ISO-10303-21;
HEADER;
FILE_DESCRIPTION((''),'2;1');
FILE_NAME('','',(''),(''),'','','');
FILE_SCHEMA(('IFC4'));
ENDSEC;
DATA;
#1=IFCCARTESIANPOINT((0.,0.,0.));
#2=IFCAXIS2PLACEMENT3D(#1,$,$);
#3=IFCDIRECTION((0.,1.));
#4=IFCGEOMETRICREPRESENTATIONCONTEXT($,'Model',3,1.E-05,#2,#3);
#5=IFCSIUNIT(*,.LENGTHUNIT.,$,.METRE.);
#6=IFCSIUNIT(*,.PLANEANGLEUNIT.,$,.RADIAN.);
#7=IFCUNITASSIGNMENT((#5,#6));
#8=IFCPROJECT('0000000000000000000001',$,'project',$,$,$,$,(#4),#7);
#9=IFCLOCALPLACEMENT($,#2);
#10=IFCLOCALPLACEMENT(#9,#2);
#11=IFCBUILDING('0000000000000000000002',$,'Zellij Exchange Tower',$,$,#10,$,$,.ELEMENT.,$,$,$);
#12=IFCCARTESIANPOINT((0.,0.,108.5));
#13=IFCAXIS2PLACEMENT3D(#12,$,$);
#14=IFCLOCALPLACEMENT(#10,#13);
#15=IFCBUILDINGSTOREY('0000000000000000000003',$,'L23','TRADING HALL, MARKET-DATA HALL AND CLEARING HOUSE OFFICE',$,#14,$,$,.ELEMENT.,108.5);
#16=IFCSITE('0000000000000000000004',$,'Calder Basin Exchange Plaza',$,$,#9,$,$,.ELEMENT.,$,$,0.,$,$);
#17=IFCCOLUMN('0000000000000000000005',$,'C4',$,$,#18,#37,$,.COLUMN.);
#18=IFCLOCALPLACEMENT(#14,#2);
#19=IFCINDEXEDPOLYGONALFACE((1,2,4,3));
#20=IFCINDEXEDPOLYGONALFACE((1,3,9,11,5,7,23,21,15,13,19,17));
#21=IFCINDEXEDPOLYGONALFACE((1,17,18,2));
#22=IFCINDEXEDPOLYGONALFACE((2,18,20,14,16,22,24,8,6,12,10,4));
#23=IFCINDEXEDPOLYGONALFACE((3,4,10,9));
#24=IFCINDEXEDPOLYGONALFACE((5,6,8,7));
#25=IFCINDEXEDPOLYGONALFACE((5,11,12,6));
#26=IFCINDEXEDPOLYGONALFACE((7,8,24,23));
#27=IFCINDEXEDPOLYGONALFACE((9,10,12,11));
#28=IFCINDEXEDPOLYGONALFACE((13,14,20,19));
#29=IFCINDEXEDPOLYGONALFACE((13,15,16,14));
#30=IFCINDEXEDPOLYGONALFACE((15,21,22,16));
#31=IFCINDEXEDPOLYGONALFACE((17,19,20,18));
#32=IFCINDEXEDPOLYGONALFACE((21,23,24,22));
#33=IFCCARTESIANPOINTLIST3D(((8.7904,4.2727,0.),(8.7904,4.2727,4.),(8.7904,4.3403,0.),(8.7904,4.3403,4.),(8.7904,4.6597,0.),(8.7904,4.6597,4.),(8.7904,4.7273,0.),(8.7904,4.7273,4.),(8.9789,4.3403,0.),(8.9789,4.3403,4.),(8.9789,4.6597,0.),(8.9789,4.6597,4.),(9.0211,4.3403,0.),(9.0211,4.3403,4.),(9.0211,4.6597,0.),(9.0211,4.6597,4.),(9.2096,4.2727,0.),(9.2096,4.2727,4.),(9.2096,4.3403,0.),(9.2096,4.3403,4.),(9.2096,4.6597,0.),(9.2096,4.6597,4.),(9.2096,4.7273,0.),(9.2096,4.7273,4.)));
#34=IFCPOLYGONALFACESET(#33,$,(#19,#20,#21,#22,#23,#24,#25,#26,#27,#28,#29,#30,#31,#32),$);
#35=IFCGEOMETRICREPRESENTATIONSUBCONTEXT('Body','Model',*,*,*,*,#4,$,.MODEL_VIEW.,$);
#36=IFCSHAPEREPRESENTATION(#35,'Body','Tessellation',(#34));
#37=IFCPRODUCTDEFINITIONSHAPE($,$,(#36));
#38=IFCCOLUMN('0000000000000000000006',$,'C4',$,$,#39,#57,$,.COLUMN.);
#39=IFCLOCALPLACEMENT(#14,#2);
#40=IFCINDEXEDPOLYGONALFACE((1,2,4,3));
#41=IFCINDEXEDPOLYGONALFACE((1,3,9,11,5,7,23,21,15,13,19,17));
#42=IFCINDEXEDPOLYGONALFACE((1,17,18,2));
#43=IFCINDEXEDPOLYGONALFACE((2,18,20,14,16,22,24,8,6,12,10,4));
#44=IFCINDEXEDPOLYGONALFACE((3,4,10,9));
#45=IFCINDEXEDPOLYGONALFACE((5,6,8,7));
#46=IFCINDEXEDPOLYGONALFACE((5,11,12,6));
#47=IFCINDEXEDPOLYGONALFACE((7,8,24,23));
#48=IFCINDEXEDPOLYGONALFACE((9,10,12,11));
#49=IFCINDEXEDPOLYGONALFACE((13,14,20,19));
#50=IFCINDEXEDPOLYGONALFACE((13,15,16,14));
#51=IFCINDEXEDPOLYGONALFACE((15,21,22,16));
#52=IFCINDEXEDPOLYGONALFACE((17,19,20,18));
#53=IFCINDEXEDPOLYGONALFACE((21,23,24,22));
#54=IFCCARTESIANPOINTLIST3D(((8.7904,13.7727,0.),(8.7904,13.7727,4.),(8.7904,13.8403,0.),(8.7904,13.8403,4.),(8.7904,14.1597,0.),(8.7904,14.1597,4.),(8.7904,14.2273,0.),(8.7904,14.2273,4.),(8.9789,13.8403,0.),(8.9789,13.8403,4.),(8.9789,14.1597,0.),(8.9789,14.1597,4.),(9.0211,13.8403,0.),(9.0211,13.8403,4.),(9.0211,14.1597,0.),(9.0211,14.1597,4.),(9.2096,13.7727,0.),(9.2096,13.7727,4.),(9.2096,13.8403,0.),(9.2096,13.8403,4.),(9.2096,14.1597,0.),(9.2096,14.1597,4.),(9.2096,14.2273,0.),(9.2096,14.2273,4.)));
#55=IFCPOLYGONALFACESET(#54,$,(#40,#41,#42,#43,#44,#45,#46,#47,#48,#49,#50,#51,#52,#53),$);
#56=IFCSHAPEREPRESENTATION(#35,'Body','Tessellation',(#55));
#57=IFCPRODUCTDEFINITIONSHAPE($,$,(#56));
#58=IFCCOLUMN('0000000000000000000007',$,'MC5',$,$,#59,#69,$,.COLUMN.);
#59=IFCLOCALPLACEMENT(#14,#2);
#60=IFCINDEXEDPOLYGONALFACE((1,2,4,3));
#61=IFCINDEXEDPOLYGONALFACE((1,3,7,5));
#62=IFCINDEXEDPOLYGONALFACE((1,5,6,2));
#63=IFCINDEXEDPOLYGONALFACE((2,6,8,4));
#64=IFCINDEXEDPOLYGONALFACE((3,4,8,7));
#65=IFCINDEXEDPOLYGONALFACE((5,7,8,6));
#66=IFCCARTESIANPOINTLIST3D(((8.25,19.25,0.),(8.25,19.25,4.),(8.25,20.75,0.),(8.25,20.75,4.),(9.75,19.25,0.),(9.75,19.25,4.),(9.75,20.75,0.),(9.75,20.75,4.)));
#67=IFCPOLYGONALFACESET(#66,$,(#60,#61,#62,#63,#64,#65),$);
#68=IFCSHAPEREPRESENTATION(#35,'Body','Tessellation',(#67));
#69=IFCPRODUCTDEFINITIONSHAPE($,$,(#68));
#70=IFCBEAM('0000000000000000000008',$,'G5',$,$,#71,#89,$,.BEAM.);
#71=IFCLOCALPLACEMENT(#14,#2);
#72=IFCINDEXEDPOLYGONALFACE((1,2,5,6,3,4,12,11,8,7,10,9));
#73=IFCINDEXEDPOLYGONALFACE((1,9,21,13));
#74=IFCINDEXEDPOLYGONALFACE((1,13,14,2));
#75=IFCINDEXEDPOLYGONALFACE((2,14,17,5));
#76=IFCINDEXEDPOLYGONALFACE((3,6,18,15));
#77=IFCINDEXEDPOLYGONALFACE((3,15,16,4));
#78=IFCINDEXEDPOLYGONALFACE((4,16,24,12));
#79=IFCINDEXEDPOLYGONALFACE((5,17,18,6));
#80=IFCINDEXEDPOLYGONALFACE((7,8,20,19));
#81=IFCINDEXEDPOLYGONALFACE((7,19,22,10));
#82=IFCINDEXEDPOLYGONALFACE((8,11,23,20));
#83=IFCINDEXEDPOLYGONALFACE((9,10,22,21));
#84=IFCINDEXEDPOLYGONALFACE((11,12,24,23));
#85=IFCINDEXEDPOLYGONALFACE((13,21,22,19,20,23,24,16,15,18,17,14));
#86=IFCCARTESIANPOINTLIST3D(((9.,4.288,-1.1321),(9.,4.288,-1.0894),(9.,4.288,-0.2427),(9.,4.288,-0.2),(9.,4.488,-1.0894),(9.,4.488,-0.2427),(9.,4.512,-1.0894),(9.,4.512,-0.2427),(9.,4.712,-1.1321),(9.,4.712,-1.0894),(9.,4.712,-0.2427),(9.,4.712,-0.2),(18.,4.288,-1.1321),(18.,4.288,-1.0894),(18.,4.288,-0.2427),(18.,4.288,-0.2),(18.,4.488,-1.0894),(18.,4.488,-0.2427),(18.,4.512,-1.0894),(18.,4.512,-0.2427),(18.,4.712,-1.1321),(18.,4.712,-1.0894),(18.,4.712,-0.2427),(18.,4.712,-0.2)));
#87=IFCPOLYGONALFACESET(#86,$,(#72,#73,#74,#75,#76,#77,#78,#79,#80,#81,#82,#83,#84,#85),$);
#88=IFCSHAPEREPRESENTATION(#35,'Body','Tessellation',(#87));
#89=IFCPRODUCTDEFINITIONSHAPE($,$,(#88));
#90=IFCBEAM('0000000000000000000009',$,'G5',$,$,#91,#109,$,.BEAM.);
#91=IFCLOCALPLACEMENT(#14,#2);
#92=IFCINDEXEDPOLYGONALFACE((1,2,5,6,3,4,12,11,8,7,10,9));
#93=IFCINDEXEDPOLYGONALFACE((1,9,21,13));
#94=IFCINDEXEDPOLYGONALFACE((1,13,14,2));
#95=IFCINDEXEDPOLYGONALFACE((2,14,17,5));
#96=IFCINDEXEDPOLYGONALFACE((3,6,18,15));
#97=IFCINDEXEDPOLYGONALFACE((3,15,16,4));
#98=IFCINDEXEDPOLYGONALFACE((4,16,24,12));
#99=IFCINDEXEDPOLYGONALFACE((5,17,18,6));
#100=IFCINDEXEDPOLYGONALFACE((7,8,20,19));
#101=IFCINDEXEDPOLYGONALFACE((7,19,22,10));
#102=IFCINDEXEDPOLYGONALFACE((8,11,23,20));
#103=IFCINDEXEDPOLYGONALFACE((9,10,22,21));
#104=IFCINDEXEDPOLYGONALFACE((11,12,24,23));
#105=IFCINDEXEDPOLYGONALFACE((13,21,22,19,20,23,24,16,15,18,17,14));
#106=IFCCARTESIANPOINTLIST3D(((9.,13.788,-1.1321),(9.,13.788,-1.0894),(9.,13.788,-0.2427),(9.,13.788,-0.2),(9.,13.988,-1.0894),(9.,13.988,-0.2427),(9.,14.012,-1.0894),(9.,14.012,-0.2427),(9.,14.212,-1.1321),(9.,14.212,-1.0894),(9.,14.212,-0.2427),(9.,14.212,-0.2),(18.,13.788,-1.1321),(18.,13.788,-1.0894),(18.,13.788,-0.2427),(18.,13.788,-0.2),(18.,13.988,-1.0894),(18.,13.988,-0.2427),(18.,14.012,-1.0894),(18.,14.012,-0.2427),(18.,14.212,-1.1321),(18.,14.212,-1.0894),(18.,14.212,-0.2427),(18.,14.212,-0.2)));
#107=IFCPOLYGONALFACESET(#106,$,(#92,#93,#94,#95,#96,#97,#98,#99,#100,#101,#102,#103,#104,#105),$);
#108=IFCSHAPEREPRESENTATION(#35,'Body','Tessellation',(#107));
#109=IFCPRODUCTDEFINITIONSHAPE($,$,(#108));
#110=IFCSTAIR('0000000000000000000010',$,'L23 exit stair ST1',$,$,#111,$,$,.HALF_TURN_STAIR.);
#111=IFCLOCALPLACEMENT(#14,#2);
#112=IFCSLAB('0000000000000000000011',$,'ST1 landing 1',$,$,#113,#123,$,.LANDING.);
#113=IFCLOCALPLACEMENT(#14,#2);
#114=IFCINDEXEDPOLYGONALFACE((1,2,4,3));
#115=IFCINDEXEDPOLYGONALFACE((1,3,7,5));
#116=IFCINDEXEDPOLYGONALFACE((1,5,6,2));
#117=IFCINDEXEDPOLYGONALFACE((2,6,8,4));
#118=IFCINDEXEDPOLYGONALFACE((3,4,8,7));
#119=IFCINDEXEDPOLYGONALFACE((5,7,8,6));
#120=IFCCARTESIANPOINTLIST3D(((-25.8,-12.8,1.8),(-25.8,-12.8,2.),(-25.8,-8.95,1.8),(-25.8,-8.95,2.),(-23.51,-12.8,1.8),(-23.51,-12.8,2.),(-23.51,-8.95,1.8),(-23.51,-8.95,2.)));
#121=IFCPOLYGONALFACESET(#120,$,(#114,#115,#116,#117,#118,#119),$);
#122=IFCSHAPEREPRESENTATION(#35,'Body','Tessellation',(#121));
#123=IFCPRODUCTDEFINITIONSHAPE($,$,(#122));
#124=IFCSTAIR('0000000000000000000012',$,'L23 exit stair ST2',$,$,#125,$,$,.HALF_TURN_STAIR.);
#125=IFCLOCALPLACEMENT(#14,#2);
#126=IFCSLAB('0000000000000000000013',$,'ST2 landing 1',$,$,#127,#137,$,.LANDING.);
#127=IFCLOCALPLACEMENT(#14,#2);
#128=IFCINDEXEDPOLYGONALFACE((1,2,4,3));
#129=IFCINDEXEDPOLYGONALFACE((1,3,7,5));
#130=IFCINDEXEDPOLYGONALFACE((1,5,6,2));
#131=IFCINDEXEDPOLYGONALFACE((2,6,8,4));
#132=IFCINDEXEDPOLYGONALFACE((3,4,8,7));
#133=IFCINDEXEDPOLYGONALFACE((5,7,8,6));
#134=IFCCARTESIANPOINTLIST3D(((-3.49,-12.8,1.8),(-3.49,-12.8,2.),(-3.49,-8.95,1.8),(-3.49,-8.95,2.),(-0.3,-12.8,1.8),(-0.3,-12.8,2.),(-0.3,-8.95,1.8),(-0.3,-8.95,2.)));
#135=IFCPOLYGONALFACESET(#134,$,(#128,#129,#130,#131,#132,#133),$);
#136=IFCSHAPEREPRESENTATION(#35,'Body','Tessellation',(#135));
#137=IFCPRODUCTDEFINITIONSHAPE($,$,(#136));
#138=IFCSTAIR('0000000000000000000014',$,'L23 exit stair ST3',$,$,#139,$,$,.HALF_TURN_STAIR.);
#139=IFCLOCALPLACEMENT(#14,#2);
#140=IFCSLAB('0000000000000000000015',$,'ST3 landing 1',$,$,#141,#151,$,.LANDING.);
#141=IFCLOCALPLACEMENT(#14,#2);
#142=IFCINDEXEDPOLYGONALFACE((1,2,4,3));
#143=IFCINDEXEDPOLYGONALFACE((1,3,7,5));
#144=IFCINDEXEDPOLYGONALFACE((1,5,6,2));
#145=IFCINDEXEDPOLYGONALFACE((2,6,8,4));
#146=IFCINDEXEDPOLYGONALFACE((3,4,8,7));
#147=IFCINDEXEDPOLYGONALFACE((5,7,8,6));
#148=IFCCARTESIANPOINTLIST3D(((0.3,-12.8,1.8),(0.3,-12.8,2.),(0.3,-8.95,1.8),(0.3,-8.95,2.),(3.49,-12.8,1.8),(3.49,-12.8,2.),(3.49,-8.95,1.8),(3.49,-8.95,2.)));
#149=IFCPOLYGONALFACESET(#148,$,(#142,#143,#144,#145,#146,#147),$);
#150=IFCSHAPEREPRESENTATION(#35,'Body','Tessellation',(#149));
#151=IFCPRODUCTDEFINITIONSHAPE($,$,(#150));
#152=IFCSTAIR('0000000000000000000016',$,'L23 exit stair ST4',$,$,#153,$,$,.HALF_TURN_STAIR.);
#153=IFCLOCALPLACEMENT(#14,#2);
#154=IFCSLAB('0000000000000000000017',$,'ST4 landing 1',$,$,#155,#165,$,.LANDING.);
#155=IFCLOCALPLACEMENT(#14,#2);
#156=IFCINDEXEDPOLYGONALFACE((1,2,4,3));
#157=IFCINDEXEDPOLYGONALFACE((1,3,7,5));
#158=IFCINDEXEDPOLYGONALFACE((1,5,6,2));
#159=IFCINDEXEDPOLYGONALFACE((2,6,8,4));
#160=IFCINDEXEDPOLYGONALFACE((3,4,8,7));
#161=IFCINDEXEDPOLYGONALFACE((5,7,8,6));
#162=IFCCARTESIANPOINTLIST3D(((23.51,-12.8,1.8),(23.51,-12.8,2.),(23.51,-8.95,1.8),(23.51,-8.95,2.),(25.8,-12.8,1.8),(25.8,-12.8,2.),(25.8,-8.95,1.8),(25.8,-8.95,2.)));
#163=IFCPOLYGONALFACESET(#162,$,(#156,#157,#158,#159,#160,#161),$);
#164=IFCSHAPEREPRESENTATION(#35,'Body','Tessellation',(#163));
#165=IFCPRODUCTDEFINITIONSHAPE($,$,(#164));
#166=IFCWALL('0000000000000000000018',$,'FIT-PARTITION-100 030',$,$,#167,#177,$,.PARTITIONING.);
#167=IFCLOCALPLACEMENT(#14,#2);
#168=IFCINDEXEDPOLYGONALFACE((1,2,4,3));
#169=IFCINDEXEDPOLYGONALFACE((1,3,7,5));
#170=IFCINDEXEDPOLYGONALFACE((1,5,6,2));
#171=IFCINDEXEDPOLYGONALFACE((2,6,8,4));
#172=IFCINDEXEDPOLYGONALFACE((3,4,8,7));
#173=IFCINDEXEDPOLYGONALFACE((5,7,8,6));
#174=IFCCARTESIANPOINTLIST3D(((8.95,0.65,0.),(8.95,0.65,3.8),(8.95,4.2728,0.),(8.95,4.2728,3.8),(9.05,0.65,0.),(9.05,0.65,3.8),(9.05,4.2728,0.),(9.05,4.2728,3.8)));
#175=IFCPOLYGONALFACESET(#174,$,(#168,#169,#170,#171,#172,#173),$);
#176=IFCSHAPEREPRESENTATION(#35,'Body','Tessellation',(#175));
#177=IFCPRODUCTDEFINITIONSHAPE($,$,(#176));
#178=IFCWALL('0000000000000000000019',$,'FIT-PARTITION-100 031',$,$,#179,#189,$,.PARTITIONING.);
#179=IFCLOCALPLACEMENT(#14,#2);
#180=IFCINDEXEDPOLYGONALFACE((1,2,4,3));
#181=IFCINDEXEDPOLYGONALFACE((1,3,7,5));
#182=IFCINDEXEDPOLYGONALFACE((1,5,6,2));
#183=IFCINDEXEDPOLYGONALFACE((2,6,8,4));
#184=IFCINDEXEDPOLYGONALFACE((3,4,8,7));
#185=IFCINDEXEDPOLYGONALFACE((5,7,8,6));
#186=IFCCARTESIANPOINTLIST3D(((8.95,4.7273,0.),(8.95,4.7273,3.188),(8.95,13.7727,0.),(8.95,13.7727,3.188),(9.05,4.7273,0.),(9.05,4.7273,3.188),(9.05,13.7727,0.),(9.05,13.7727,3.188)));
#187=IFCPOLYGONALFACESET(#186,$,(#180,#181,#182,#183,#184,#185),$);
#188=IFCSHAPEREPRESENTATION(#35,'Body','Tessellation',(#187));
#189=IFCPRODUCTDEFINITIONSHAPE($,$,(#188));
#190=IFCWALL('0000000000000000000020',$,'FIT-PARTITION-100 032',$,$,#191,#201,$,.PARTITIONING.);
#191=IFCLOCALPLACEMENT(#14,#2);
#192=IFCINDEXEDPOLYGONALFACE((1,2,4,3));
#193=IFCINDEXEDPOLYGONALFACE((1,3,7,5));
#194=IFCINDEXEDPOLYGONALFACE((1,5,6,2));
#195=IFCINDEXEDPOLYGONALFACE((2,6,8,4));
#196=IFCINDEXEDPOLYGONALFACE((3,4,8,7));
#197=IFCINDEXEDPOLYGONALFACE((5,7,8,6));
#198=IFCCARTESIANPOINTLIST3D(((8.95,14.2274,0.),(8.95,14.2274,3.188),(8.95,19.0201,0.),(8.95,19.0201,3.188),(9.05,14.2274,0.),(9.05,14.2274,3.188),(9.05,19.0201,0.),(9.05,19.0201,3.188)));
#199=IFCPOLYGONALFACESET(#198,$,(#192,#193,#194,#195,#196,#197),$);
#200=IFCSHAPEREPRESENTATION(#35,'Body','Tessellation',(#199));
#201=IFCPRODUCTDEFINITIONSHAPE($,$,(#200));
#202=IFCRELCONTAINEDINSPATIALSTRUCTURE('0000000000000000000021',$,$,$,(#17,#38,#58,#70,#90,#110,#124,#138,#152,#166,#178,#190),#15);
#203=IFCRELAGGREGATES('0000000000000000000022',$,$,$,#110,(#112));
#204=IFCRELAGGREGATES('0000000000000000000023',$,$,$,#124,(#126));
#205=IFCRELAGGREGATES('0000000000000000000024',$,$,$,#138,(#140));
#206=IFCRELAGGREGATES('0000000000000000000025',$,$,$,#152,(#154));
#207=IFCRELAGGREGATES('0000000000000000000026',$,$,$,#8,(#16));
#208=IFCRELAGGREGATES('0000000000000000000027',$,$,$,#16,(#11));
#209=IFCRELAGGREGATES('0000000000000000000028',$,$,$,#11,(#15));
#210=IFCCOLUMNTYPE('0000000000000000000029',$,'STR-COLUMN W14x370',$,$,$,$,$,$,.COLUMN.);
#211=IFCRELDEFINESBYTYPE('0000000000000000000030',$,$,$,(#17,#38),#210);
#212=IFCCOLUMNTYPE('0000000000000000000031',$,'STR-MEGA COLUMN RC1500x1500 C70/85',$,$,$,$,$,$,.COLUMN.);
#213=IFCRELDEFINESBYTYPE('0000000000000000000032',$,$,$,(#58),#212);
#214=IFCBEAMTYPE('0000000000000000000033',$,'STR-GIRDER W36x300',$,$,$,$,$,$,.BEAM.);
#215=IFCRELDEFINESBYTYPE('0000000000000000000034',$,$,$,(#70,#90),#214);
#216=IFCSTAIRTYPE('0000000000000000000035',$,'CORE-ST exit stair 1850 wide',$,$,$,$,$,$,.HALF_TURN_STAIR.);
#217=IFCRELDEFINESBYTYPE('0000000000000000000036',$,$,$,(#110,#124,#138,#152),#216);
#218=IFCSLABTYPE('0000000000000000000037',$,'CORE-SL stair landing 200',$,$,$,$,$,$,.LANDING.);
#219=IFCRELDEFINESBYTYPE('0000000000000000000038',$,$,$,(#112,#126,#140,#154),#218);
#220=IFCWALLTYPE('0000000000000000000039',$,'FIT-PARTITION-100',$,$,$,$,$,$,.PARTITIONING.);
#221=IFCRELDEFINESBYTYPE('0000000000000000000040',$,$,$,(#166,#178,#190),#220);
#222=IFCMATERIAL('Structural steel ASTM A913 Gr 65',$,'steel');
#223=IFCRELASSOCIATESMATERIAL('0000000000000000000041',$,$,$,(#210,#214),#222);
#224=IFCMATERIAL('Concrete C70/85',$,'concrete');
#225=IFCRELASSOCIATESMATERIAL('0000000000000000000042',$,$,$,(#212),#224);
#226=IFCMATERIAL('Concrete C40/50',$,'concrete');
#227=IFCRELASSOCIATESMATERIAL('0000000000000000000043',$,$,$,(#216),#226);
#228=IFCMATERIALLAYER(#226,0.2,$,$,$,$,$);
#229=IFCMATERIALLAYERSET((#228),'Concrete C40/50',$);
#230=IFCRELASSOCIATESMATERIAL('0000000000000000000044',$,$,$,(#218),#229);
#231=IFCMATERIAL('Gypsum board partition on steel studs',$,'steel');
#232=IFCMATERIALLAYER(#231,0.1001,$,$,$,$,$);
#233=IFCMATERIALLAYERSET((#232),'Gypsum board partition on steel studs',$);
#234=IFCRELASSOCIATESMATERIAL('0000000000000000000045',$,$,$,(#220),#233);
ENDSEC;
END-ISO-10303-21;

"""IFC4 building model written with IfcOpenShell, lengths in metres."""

from ifc_helpers import new_model, si_unit, direction, frame, frame_2d, origin, origin_2d, place, context, subcontext, project, spatial, polyline, rectangle, i_section, outline, extrude, material, layer, layer_set, material_profile, profile_set, type_object, element, aggregate, save


model = new_model("IFC4")

# Units and contexts
model_context = context("Model", 3, precision=1e-05, world=origin(), true_north=direction((0.0, 1.0)))
body_context = subcontext(model_context, "Body", "Model", "MODEL_VIEW")
ifc_project = project(units=[si_unit("LENGTHUNIT", "METRE"), si_unit("PLANEANGLEUNIT", "RADIAN")], contexts=[model_context])

# Site, building, storey
site_placement = place(None, origin())
site = spatial("IfcSite", under=ifc_project, at=site_placement, Name="Calder Basin Exchange Plaza", CompositionType="ELEMENT", RefElevation=0.0)
building_placement = place(site_placement, origin())
building = spatial("IfcBuilding", under=site, at=building_placement, Name="Zellij Exchange Tower", CompositionType="ELEMENT")
storey_placement = place(building_placement, frame((0.0, 0.0, 108.5)))
storey = spatial("IfcBuildingStorey", under=building, at=storey_placement, Name="L23", Description="TRADING HALL, MARKET-DATA HALL AND CLEARING HOUSE OFFICE", CompositionType="ELEMENT", Elevation=108.5)

# Columns
ifc_material_1 = material(Name="Structural steel ASTM A913 Gr 65", Category="steel")
ifc_material_profile_1 = material_profile(ifc_material_1, i_section(OverallWidth=0.4192, OverallDepth=0.4546, WebThickness=0.0422, FlangeThickness=0.0676, at=origin_2d()), Name="W14x370")
ifc_profile_set_1 = profile_set([ifc_material_profile_1], Name="Structural steel ASTM A913 Gr 65")
column_type_1 = type_object("IfcColumnType", Name="STR-COLUMN W14x370", PredefinedType="COLUMN", material=ifc_profile_set_1)
for number, where, z_axis, x_axis, name in (
    (1, (9.0, 4.5, 0.0), (0.0, 0.0, 1.0), (1.0, 0.0, 0.0), "C4"),
    (2, (9.0, 14.0, 0.0), (0.0, 0.0, 1.0), (1.0, 0.0, 0.0), "C4"),
):
    element("IfcColumn", number, at=place(storey_placement, frame(where, z_axis=z_axis, x_axis=x_axis)), inside=storey, type_object=column_type_1, Name=name, PredefinedType="COLUMN", context=body_context, shape_type="SweptSolid", body=[
        extrude(i_section(OverallWidth=0.4192, OverallDepth=0.4546, WebThickness=0.0422, FlangeThickness=0.0676, at=origin_2d()), origin(), (0.0, 0.0, 1.0), 4.0),
    ])
ifc_material_2 = material(Name="Concrete C70/85", Category="concrete")
ifc_material_profile_2 = material_profile(ifc_material_2, rectangle(XDim=1.5, YDim=1.5, at=origin_2d()), Name="STR-MEGA COLUMN RC1500x1500 C70/85")
ifc_profile_set_2 = profile_set([ifc_material_profile_2], Name="Concrete C70/85")
column_type_2 = type_object("IfcColumnType", Name="STR-MEGA COLUMN RC1500x1500 C70/85", PredefinedType="COLUMN", material=ifc_profile_set_2)
column_placement = place(storey_placement, frame((9.0, 20.0, 0.0), z_axis=(0.0, 0.0, 1.0), x_axis=(1.0, 0.0, 0.0)))
element("IfcColumn", 3, at=column_placement, inside=storey, type_object=column_type_2, Name="MC5", PredefinedType="COLUMN", context=body_context, shape_type="SweptSolid", body=[
    extrude(rectangle(XDim=1.5, YDim=1.5, at=origin_2d()), origin(), (0.0, 0.0, 1.0), 4.0),
])

# Beams
ifc_material_profile_3 = material_profile(ifc_material_1, i_section(OverallWidth=0.4241, OverallDepth=0.9321, WebThickness=0.0239, FlangeThickness=0.0427, at=origin_2d()), Name="W36x300")
ifc_profile_set_3 = profile_set([ifc_material_profile_3], Name="Structural steel ASTM A913 Gr 65")
beam_type = type_object("IfcBeamType", Name="STR-GIRDER W36x300", PredefinedType="BEAM", material=ifc_profile_set_3)
for number, where, z_axis, x_axis, name in (
    (4, (9.0, 4.5, -0.666), (1.0, 0.0, 0.0), (0.0, 1.0, 0.0), "G5"),
    (5, (9.0, 14.0, -0.666), (1.0, 0.0, 0.0), (0.0, 1.0, 0.0), "G5"),
):
    element("IfcBeam", number, at=place(storey_placement, frame(where, z_axis=z_axis, x_axis=x_axis)), inside=storey, type_object=beam_type, Name=name, PredefinedType="BEAM", context=body_context, shape_type="SweptSolid", body=[
        extrude(i_section(OverallWidth=0.4241, OverallDepth=0.9321, WebThickness=0.0239, FlangeThickness=0.0427, at=origin_2d()), origin(), (0.0, 0.0, 1.0), 9.0),
    ])

# Stairs, slabs
ifc_material_3 = material(Name="Concrete C40/50", Category="concrete")
stair_type = type_object("IfcStairType", Name="CORE-ST exit stair 1850 wide", PredefinedType="HALF_TURN_STAIR", material=ifc_material_3)
stair_1_placement = place(storey_placement, origin())
stair_1 = element("IfcStair", 6, at=stair_1_placement, inside=storey, type_object=stair_type, Name="L23 exit stair ST1", PredefinedType="HALF_TURN_STAIR")
ifc_layer_1 = layer(ifc_material_3, 0.2)
ifc_layer_set_1 = layer_set([ifc_layer_1], Name="Concrete C40/50")
slab_type = type_object("IfcSlabType", Name="CORE-SL stair landing 200", PredefinedType="LANDING", material=ifc_layer_set_1)
slab_1_placement = place(storey_placement, frame((0.0, 0.0, 1.8)))
slab_1 = element("IfcSlab", 7, at=slab_1_placement, type_object=slab_type, Name="ST1 landing 1", PredefinedType="LANDING", context=body_context, shape_type="SweptSolid", body=[
    extrude(outline(polyline([(-23.51, -8.95), (-25.8, -8.95), (-25.8, -12.8), (-23.51, -12.8), (-23.51, -8.95)])), origin(), (0.0, 0.0, 1.0), 0.2),
])
aggregate(stair_1, [slab_1])
stair_2_placement = place(storey_placement, origin())
stair_2 = element("IfcStair", 8, at=stair_2_placement, inside=storey, type_object=stair_type, Name="L23 exit stair ST2", PredefinedType="HALF_TURN_STAIR")
slab_2_placement = place(storey_placement, frame((0.0, 0.0, 1.8)))
slab_2 = element("IfcSlab", 9, at=slab_2_placement, type_object=slab_type, Name="ST2 landing 1", PredefinedType="LANDING", context=body_context, shape_type="SweptSolid", body=[
    extrude(outline(polyline([(-3.49, -12.8), (-0.3, -12.8), (-0.3, -8.95), (-3.49, -8.95), (-3.49, -12.8)])), origin(), (0.0, 0.0, 1.0), 0.2),
])
aggregate(stair_2, [slab_2])
stair_3_placement = place(storey_placement, origin())
stair_3 = element("IfcStair", 10, at=stair_3_placement, inside=storey, type_object=stair_type, Name="L23 exit stair ST3", PredefinedType="HALF_TURN_STAIR")
slab_3_placement = place(storey_placement, frame((0.0, 0.0, 1.8)))
slab_3 = element("IfcSlab", 11, at=slab_3_placement, type_object=slab_type, Name="ST3 landing 1", PredefinedType="LANDING", context=body_context, shape_type="SweptSolid", body=[
    extrude(outline(polyline([(3.49, -8.95), (0.3, -8.95), (0.3, -12.8), (3.49, -12.8), (3.49, -8.95)])), origin(), (0.0, 0.0, 1.0), 0.2),
])
aggregate(stair_3, [slab_3])
stair_4_placement = place(storey_placement, origin())
stair_4 = element("IfcStair", 12, at=stair_4_placement, inside=storey, type_object=stair_type, Name="L23 exit stair ST4", PredefinedType="HALF_TURN_STAIR")
slab_4_placement = place(storey_placement, frame((0.0, 0.0, 1.8)))
slab_4 = element("IfcSlab", 13, at=slab_4_placement, type_object=slab_type, Name="ST4 landing 1", PredefinedType="LANDING", context=body_context, shape_type="SweptSolid", body=[
    extrude(outline(polyline([(23.51, -12.8), (25.8, -12.8), (25.8, -8.95), (23.51, -8.95), (23.51, -12.8)])), origin(), (0.0, 0.0, 1.0), 0.2),
])
aggregate(stair_4, [slab_4])

# Walls
ifc_material_4 = material(Name="Gypsum board partition on steel studs", Category="steel")
ifc_layer_2 = layer(ifc_material_4, 0.1001)
ifc_layer_set_2 = layer_set([ifc_layer_2], Name="Gypsum board partition on steel studs")
wall_type = type_object("IfcWallType", Name="FIT-PARTITION-100", PredefinedType="PARTITIONING", material=ifc_layer_set_2)
wall_1_placement = place(storey_placement, frame((9.0, 0.6499, 0.0), z_axis=(0.0, 0.0, 1.0), x_axis=(0.0, 1.0, 0.0)))
element("IfcWall", 14, at=wall_1_placement, inside=storey, type_object=wall_type, Name="FIT-PARTITION-100 030", PredefinedType="PARTITIONING", context=body_context, shape_type="SweptSolid", body=[
    extrude(rectangle(XDim=3.6228, YDim=0.1001, at=frame_2d((1.8115, 0.0))), origin(), (0.0, 0.0, 1.0), 3.8),
])
wall_2_placement = place(storey_placement, frame((9.0, 4.7273, 0.0), z_axis=(0.0, 0.0, 1.0), x_axis=(0.0, 1.0, 0.0)))
element("IfcWall", 15, at=wall_2_placement, inside=storey, type_object=wall_type, Name="FIT-PARTITION-100 031", PredefinedType="PARTITIONING", context=body_context, shape_type="SweptSolid", body=[
    extrude(rectangle(XDim=9.0454, YDim=0.1001, at=frame_2d((4.5227, 0.0))), origin(), (0.0, 0.0, 1.0), 3.188),
])
wall_3_placement = place(storey_placement, frame((9.0, 14.2273, 0.0), z_axis=(0.0, 0.0, 1.0), x_axis=(0.0, 1.0, 0.0)))
element("IfcWall", 16, at=wall_3_placement, inside=storey, type_object=wall_type, Name="FIT-PARTITION-100 032", PredefinedType="PARTITIONING", context=body_context, shape_type="SweptSolid", body=[
    extrude(rectangle(XDim=4.7927, YDim=0.1001, at=frame_2d((2.3965, 0.0))), origin(), (0.0, 0.0, 1.0), 3.188),
])

save(model, "model.ifc")
